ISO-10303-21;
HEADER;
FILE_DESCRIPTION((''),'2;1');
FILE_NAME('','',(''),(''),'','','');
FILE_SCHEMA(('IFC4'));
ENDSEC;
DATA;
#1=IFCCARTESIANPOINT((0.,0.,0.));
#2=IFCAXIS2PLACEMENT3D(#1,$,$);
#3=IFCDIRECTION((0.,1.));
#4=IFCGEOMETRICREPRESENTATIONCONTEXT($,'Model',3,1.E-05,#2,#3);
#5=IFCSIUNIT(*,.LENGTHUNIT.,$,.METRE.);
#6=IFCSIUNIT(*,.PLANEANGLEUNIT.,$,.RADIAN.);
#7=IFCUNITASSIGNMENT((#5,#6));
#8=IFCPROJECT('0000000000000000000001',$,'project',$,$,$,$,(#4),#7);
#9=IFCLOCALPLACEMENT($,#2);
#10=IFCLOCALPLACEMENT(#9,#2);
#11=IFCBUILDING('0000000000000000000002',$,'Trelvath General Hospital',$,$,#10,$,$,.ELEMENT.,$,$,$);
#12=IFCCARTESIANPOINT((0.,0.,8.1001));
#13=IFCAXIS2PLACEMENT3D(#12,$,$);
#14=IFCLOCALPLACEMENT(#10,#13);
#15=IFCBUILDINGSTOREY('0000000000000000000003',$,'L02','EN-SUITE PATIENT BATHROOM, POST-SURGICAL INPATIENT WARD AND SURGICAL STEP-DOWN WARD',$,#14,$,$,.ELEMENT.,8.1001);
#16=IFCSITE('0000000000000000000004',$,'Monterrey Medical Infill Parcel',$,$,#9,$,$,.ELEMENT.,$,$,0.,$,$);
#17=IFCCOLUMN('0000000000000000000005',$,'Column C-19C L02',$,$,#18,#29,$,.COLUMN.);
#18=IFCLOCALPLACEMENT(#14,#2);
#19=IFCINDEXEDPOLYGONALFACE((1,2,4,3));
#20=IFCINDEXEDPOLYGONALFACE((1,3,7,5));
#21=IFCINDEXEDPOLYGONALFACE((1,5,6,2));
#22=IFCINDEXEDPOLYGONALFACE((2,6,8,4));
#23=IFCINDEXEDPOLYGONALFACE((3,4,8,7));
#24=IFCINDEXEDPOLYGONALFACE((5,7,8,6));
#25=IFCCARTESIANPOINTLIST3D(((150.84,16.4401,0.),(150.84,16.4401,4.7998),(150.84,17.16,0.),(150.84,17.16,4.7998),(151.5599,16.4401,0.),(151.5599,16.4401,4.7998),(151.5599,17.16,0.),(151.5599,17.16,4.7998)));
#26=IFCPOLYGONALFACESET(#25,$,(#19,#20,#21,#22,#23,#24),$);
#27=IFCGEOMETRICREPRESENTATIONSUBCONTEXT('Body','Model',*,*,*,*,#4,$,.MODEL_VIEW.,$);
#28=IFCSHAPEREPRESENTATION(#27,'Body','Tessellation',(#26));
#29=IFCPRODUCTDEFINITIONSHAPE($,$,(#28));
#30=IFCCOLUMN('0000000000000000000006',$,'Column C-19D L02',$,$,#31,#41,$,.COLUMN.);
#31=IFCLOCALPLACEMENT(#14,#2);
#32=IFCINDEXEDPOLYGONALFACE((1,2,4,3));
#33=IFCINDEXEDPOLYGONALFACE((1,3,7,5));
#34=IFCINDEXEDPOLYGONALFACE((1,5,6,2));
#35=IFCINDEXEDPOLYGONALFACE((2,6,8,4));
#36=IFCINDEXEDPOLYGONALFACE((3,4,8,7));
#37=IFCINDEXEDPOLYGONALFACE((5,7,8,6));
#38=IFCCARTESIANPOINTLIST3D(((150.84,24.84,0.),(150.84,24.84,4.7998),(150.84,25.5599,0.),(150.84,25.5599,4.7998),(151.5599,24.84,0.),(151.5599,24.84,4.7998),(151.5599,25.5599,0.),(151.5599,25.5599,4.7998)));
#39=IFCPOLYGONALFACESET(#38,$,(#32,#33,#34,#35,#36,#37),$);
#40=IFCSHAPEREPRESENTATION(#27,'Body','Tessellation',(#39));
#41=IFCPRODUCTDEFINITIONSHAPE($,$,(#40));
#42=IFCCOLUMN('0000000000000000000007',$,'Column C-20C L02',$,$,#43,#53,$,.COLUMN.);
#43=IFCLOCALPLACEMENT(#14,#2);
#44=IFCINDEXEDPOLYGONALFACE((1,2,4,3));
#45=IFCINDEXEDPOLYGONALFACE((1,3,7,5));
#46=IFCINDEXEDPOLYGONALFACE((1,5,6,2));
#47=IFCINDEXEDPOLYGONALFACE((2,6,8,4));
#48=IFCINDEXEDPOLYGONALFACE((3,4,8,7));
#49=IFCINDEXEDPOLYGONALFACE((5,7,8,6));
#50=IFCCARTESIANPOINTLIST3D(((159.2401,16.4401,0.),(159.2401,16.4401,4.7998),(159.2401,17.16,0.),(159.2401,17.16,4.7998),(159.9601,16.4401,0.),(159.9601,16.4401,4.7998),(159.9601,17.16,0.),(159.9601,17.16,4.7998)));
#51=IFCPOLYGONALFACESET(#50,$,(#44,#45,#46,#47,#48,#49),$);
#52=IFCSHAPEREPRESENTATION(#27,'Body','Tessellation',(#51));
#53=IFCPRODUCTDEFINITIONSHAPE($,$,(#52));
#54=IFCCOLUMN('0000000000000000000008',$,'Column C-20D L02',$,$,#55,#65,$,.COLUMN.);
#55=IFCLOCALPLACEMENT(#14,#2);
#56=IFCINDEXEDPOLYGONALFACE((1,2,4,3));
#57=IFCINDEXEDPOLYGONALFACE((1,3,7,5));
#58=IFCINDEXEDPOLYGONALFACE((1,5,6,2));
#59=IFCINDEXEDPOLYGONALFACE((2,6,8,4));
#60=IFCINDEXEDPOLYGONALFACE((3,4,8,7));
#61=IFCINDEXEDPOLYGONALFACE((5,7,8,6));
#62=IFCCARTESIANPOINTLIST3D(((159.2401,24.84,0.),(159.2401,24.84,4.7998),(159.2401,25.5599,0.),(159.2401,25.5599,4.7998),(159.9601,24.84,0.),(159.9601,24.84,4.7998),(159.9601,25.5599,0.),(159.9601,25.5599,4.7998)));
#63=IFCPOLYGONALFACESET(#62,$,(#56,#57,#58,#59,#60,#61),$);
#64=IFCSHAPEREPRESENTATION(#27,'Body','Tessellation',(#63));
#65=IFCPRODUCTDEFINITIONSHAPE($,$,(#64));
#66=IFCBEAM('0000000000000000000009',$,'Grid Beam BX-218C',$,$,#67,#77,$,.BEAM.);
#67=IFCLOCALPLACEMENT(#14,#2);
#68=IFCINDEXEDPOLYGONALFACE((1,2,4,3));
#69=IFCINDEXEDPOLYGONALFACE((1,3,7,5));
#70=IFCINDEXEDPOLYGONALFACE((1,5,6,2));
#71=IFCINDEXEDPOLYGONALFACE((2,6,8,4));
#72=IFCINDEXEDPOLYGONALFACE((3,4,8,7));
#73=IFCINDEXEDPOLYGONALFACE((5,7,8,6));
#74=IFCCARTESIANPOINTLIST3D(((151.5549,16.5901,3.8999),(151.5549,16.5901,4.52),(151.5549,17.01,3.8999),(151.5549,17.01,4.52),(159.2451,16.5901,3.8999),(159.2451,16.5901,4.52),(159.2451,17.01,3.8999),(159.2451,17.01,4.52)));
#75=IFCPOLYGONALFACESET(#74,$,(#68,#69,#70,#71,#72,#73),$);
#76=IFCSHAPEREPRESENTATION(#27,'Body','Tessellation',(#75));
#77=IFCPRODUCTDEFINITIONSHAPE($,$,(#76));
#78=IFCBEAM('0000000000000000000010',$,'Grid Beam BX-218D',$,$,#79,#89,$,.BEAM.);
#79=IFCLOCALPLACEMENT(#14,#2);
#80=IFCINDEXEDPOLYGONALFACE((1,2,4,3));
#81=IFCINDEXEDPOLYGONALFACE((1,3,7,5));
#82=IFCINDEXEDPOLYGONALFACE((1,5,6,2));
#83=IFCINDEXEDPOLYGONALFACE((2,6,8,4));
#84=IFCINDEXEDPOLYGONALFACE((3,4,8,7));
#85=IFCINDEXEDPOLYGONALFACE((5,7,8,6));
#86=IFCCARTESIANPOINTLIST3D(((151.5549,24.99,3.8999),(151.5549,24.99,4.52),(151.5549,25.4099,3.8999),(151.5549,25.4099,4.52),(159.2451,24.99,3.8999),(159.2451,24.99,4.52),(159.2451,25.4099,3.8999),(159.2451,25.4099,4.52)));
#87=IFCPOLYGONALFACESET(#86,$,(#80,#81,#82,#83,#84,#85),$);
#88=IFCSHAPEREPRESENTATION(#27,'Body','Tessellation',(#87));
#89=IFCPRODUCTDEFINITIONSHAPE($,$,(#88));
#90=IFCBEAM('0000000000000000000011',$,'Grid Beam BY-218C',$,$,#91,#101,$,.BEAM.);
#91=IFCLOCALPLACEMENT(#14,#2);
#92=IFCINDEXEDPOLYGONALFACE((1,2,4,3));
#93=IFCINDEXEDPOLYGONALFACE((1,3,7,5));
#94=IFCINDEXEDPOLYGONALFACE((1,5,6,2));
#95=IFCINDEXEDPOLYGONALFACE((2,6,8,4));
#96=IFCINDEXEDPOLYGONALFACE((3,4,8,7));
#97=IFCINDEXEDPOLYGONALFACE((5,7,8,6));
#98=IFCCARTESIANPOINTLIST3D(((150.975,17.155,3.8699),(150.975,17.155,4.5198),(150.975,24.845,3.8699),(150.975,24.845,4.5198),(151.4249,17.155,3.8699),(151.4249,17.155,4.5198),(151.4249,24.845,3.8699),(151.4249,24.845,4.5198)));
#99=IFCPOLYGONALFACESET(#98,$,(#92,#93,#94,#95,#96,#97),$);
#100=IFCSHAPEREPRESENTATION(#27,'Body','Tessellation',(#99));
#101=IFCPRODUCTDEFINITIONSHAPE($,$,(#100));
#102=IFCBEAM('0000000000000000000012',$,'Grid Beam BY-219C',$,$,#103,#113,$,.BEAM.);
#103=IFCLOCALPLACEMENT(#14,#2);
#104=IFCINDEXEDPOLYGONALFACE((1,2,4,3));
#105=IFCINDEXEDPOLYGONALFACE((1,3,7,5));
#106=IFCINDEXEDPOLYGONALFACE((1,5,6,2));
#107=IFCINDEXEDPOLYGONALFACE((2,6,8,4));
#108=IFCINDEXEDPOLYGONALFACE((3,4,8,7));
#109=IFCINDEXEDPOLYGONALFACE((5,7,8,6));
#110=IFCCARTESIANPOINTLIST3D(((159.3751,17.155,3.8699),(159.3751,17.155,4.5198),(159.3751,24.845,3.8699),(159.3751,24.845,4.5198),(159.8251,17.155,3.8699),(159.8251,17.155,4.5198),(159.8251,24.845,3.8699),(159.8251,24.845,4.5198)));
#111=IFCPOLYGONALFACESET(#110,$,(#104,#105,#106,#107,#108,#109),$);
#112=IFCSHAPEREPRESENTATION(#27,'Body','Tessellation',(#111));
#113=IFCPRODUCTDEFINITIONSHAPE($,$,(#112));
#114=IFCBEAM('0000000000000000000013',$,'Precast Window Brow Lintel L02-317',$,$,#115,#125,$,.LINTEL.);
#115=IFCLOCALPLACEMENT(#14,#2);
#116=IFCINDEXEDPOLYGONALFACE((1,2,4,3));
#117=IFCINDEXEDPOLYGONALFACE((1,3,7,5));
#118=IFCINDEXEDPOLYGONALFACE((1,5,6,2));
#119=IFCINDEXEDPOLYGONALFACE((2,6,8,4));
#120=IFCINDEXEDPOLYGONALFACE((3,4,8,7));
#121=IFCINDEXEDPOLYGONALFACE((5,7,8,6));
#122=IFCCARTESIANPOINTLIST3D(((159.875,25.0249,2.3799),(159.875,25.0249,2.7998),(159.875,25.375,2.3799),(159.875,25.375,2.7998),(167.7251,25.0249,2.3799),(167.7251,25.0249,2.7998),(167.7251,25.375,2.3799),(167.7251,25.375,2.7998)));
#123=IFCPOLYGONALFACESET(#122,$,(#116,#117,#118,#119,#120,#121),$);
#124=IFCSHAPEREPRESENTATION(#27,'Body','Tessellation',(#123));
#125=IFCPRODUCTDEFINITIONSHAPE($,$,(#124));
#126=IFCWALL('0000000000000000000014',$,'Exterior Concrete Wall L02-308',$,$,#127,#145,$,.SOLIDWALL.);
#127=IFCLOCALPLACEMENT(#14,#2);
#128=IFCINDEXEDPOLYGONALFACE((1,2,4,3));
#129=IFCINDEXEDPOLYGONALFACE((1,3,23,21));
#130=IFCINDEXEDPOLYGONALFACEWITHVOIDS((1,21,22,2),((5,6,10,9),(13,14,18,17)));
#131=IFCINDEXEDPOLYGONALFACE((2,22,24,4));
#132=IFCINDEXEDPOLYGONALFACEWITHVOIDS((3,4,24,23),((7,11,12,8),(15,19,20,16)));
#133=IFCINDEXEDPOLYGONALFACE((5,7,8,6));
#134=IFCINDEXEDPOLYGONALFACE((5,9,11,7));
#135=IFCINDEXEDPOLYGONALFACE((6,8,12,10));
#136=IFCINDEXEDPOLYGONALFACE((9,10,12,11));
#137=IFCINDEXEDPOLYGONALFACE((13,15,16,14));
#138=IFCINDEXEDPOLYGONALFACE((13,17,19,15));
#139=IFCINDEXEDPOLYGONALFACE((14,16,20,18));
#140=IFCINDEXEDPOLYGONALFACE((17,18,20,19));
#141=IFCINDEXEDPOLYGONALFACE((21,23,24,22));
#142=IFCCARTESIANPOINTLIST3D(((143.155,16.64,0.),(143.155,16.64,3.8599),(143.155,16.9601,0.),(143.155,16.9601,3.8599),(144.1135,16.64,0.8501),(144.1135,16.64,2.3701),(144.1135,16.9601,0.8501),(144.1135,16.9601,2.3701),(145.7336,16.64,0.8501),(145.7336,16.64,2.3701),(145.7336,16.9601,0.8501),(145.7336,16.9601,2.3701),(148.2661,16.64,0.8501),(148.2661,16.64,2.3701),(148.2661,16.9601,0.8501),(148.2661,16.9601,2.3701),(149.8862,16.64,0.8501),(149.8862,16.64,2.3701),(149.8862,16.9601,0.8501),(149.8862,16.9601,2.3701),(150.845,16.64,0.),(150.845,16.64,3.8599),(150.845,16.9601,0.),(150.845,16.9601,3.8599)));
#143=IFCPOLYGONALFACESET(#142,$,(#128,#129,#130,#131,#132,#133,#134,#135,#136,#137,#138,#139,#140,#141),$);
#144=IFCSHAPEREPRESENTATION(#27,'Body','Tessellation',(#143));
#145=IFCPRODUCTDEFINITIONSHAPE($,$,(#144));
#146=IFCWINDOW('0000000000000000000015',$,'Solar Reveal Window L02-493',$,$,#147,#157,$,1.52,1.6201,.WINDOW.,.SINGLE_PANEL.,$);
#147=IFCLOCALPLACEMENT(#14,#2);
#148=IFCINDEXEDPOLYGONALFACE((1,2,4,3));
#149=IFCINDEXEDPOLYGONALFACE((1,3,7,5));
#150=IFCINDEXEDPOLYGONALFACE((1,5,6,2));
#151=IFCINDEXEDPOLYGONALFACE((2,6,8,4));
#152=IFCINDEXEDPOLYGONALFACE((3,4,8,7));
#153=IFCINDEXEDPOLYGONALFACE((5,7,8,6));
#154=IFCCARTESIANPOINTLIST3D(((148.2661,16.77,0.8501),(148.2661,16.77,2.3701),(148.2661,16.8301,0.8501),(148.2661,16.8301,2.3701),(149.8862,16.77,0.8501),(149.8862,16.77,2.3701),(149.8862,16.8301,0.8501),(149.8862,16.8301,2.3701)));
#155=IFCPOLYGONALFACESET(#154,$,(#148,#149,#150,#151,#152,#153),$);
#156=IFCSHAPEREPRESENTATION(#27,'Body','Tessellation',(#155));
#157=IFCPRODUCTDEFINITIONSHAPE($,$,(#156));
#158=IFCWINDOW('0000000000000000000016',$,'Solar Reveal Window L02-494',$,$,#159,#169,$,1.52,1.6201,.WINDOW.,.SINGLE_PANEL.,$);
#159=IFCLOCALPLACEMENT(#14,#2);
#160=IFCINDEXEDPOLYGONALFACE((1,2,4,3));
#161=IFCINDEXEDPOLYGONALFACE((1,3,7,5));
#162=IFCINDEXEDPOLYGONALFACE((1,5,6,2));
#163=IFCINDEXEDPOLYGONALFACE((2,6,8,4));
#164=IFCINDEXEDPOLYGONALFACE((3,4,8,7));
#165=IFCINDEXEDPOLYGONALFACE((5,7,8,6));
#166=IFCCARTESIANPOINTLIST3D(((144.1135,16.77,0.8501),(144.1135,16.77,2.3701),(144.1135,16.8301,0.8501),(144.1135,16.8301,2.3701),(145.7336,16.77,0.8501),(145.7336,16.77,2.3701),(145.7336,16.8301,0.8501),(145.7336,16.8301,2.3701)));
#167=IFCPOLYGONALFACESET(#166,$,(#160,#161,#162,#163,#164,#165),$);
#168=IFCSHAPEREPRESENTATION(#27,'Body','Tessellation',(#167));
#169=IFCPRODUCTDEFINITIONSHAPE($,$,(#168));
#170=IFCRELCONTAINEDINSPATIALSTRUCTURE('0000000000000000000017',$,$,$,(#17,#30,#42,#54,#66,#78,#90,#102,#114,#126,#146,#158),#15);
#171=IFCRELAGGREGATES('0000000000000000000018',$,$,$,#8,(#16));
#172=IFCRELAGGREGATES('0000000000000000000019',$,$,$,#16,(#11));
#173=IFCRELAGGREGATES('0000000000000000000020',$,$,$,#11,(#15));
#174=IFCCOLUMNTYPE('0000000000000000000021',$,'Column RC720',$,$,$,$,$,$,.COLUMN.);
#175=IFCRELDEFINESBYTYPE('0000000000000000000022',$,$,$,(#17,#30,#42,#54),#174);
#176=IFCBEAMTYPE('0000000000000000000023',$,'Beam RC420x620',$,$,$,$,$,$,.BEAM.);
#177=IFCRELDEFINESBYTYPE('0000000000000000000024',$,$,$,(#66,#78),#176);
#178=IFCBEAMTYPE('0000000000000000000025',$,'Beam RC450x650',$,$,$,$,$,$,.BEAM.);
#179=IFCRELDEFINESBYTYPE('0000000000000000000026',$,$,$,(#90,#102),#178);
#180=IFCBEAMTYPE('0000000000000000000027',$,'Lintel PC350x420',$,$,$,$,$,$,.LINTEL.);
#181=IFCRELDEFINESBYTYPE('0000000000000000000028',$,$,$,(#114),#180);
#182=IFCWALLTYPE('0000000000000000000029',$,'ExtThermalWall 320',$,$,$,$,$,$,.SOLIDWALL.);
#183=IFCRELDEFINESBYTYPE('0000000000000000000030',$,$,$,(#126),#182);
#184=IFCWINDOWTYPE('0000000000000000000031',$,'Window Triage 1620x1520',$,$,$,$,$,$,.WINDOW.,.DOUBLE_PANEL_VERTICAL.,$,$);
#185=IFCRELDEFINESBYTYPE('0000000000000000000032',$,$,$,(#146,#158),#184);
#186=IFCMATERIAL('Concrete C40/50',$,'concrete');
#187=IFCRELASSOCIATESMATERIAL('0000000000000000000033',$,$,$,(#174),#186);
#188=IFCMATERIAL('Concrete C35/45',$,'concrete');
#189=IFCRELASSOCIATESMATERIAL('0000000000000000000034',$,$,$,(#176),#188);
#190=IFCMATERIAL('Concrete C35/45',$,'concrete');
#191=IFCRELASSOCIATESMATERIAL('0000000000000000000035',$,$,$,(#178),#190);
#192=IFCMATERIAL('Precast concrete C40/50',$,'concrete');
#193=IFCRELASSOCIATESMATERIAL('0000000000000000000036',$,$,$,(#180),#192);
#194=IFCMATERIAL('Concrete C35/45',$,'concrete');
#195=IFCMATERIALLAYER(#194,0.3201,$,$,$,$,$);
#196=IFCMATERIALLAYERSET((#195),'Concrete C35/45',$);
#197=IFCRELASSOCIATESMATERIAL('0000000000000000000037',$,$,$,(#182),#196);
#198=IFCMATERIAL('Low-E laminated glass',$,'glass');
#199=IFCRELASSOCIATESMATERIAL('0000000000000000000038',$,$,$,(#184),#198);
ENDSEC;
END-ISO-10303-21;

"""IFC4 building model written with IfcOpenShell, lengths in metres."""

from ifc_helpers import new_model, si_unit, direction, frame, frame_2d, origin, origin_2d, place, context, subcontext, project, spatial, rectangle, extrude, material, layer, layer_set, material_profile, profile_set, type_object, element, fill, save


model = new_model("IFC4")

# Units and contexts
model_context = context("Model", 3, precision=1e-05, world=origin(), true_north=direction((0.0, 1.0)))
body_context = subcontext(model_context, "Body", "Model", "MODEL_VIEW")
ifc_project = project(units=[si_unit("LENGTHUNIT", "METRE"), si_unit("PLANEANGLEUNIT", "RADIAN")], contexts=[model_context])

# Site, building, storey
site_placement = place(None, origin())
site = spatial("IfcSite", under=ifc_project, at=site_placement, Name="Monterrey Medical Infill Parcel", CompositionType="ELEMENT", RefElevation=0.0)
building_placement = place(site_placement, origin())
building = spatial("IfcBuilding", under=site, at=building_placement, Name="Trelvath General Hospital", CompositionType="ELEMENT")
storey_placement = place(building_placement, frame((0.0, 0.0, 8.1001)))
storey = spatial("IfcBuildingStorey", under=building, at=storey_placement, Name="L02", Description="EN-SUITE PATIENT BATHROOM, POST-SURGICAL INPATIENT WARD AND SURGICAL STEP-DOWN WARD", CompositionType="ELEMENT", Elevation=8.1001)

# Columns
ifc_material_1 = material(Name="Concrete C40/50", Category="concrete")
ifc_material_profile_1 = material_profile(ifc_material_1, rectangle(XDim=0.72, YDim=0.72, at=origin_2d()), Name="RC720x720")
ifc_profile_set_1 = profile_set([ifc_material_profile_1], Name="Concrete C40/50")
column_type = type_object("IfcColumnType", Name="Column RC720", PredefinedType="COLUMN", material=ifc_profile_set_1)
for number, where, z_axis, x_axis, name in (
    (1, (151.2, 16.8, 0.0), (0.0, 0.0, 1.0), (1.0, 0.0, 0.0), "Column C-19C L02"),
    (2, (151.2, 25.2, 0.0), (0.0, 0.0, 1.0), (1.0, 0.0, 0.0), "Column C-19D L02"),
    (3, (159.6001, 16.8, 0.0), (0.0, 0.0, 1.0), (1.0, 0.0, 0.0), "Column C-20C L02"),
    (4, (159.6001, 25.2, 0.0), (0.0, 0.0, 1.0), (1.0, 0.0, 0.0), "Column C-20D L02"),
):
    element("IfcColumn", number, at=place(storey_placement, frame(where, z_axis=z_axis, x_axis=x_axis)), inside=storey, type_object=column_type, Name=name, PredefinedType="COLUMN", context=body_context, shape_type="SweptSolid", body=[
        extrude(rectangle(XDim=0.72, YDim=0.72, at=origin_2d()), origin(), (0.0, 0.0, 1.0), 4.7998),
    ])

# Beams
ifc_material_2 = material(Name="Concrete C35/45", Category="concrete")
ifc_material_profile_2 = material_profile(ifc_material_2, rectangle(XDim=0.4199, YDim=0.6201, at=origin_2d()), Name="RCB420x620")
ifc_profile_set_2 = profile_set([ifc_material_profile_2], Name="Concrete C35/45")
beam_type_1 = type_object("IfcBeamType", Name="Beam RC420x620", PredefinedType="BEAM", material=ifc_profile_set_2)
for number, where, z_axis, x_axis, name in (
    (5, (151.5549, 16.8, 4.21), (1.0, 0.0, 0.0), (0.0, 1.0, 0.0), "Grid Beam BX-218C"),
    (6, (151.5549, 25.2, 4.21), (1.0, 0.0, 0.0), (0.0, 1.0, 0.0), "Grid Beam BX-218D"),
):
    element("IfcBeam", number, at=place(storey_placement, frame(where, z_axis=z_axis, x_axis=x_axis)), inside=storey, type_object=beam_type_1, Name=name, PredefinedType="BEAM", context=body_context, shape_type="SweptSolid", body=[
        extrude(rectangle(XDim=0.4199, YDim=0.6201, at=origin_2d()), origin(), (0.0, 0.0, 1.0), 7.6902),
    ])
ifc_material_3 = material(Name="Concrete C35/45", Category="concrete")
ifc_material_profile_3 = material_profile(ifc_material_3, rectangle(XDim=0.45, YDim=0.6499, at=origin_2d()), Name="RCB450x650")
ifc_profile_set_3 = profile_set([ifc_material_profile_3], Name="Concrete C35/45")
beam_type_2 = type_object("IfcBeamType", Name="Beam RC450x650", PredefinedType="BEAM", material=ifc_profile_set_3)
for number, where, z_axis, x_axis, name in (
    (7, (151.2, 17.155, 4.1948), (0.0, 1.0, 0.0), (-1.0, 0.0, 0.0), "Grid Beam BY-218C"),
    (8, (159.6001, 17.155, 4.1948), (0.0, 1.0, 0.0), (-1.0, 0.0, 0.0), "Grid Beam BY-219C"),
):
    element("IfcBeam", number, at=place(storey_placement, frame(where, z_axis=z_axis, x_axis=x_axis)), inside=storey, type_object=beam_type_2, Name=name, PredefinedType="BEAM", context=body_context, shape_type="SweptSolid", body=[
        extrude(rectangle(XDim=0.45, YDim=0.6499, at=origin_2d()), origin(), (0.0, 0.0, 1.0), 7.6899),
    ])
ifc_material_4 = material(Name="Precast concrete C40/50", Category="concrete")
ifc_material_profile_4 = material_profile(ifc_material_4, rectangle(XDim=0.3501, YDim=0.4199, at=origin_2d()), Name="PCL350x420")
ifc_profile_set_4 = profile_set([ifc_material_profile_4], Name="Precast concrete C40/50")
beam_type_3 = type_object("IfcBeamType", Name="Lintel PC350x420", PredefinedType="LINTEL", material=ifc_profile_set_4)
beam_placement = place(storey_placement, frame((159.875, 25.2, 2.5898), z_axis=(1.0, 0.0, 0.0), x_axis=(0.0, 1.0, 0.0)))
element("IfcBeam", 9, at=beam_placement, inside=storey, type_object=beam_type_3, Name="Precast Window Brow Lintel L02-317", PredefinedType="LINTEL", context=body_context, shape_type="SweptSolid", body=[
    extrude(rectangle(XDim=0.3501, YDim=0.4199, at=origin_2d()), origin(), (0.0, 0.0, 1.0), 7.8501),
])

# Wall, openings, windows
ifc_material_5 = material(Name="Concrete C35/45", Category="concrete")
ifc_layer = layer(ifc_material_5, 0.3201)
ifc_layer_set = layer_set([ifc_layer], Name="Concrete C35/45")
wall_type = type_object("IfcWallType", Name="ExtThermalWall 320", PredefinedType="SOLIDWALL", material=ifc_layer_set)
wall_1_placement = place(storey_placement, frame((150.845, 16.8, 0.0), z_axis=(0.0, 0.0, 1.0), x_axis=(-1.0, 0.0, 0.0)))
wall_1 = element("IfcWall", 10, at=wall_1_placement, inside=storey, type_object=wall_type, Name="Exterior Concrete Wall L02-308", PredefinedType="SOLIDWALL", context=body_context, shape_type="SweptSolid", body=[
    extrude(rectangle(XDim=7.6899, YDim=0.3201, at=frame_2d((3.845, 0.0))), origin(), (0.0, 0.0, 1.0), 3.8599),
])
opening_1_placement = place(wall_1_placement, frame((0.9587, 0.0, 0.8501)))
opening_1 = element("IfcOpeningElement", 11, at=opening_1_placement, cuts=wall_1, PredefinedType="OPENING", context=body_context, shape_type="SweptSolid", body=[
    extrude(rectangle(XDim=1.6201, YDim=1.52, at=frame_2d((0.8101, 0.76))), frame((0.0, 0.1699, 0.0), z_axis=(0.0, -1.0, 0.0), x_axis=(1.0, 0.0, 0.0)), (0.0, 0.0, 1.0), 0.3401),
])
opening_2_placement = place(wall_1_placement, frame((5.1113, 0.0, 0.8501)))
opening_2 = element("IfcOpeningElement", 12, at=opening_2_placement, cuts=wall_1, PredefinedType="OPENING", context=body_context, shape_type="SweptSolid", body=[
    extrude(rectangle(XDim=1.6201, YDim=1.52, at=frame_2d((0.8101, 0.76))), frame((0.0, 0.1699, 0.0), z_axis=(0.0, -1.0, 0.0), x_axis=(1.0, 0.0, 0.0)), (0.0, 0.0, 1.0), 0.3401),
])
ifc_material_6 = material(Name="Low-E laminated glass", Category="glass")
window_type_1 = type_object("IfcWindowType", Name="Window Triage 1620x1520", PartitioningType="DOUBLE_PANEL_VERTICAL", PredefinedType="WINDOW", material=ifc_material_6)
window_1_placement = place(opening_1_placement, origin())
window_1 = element("IfcWindow", 13, at=window_1_placement, inside=storey, type_object=window_type_1, Name="Solar Reveal Window L02-493", OverallHeight=1.52, OverallWidth=1.6201, PartitioningType="SINGLE_PANEL", PredefinedType="WINDOW", context=body_context, shape_type="SweptSolid", body=[
    extrude(rectangle(XDim=1.6201, YDim=1.52, at=frame_2d((0.8101, 0.76))), frame((0.0, 0.03, 0.0), z_axis=(0.0, -1.0, 0.0), x_axis=(1.0, 0.0, 0.0)), (0.0, 0.0, 1.0), 0.0601),
])
fill(opening_1, window_1)
window_2_placement = place(opening_2_placement, origin())
window_2 = element("IfcWindow", 14, at=window_2_placement, inside=storey, type_object=window_type_1, Name="Solar Reveal Window L02-494", OverallHeight=1.52, OverallWidth=1.6201, PartitioningType="SINGLE_PANEL", PredefinedType="WINDOW", context=body_context, shape_type="SweptSolid", body=[
    extrude(rectangle(XDim=1.6201, YDim=1.52, at=frame_2d((0.8101, 0.76))), frame((0.0, 0.03, 0.0), z_axis=(0.0, -1.0, 0.0), x_axis=(1.0, 0.0, 0.0)), (0.0, 0.0, 1.0), 0.0601),
])
fill(opening_2, window_2)

save(model, "model.ifc")
